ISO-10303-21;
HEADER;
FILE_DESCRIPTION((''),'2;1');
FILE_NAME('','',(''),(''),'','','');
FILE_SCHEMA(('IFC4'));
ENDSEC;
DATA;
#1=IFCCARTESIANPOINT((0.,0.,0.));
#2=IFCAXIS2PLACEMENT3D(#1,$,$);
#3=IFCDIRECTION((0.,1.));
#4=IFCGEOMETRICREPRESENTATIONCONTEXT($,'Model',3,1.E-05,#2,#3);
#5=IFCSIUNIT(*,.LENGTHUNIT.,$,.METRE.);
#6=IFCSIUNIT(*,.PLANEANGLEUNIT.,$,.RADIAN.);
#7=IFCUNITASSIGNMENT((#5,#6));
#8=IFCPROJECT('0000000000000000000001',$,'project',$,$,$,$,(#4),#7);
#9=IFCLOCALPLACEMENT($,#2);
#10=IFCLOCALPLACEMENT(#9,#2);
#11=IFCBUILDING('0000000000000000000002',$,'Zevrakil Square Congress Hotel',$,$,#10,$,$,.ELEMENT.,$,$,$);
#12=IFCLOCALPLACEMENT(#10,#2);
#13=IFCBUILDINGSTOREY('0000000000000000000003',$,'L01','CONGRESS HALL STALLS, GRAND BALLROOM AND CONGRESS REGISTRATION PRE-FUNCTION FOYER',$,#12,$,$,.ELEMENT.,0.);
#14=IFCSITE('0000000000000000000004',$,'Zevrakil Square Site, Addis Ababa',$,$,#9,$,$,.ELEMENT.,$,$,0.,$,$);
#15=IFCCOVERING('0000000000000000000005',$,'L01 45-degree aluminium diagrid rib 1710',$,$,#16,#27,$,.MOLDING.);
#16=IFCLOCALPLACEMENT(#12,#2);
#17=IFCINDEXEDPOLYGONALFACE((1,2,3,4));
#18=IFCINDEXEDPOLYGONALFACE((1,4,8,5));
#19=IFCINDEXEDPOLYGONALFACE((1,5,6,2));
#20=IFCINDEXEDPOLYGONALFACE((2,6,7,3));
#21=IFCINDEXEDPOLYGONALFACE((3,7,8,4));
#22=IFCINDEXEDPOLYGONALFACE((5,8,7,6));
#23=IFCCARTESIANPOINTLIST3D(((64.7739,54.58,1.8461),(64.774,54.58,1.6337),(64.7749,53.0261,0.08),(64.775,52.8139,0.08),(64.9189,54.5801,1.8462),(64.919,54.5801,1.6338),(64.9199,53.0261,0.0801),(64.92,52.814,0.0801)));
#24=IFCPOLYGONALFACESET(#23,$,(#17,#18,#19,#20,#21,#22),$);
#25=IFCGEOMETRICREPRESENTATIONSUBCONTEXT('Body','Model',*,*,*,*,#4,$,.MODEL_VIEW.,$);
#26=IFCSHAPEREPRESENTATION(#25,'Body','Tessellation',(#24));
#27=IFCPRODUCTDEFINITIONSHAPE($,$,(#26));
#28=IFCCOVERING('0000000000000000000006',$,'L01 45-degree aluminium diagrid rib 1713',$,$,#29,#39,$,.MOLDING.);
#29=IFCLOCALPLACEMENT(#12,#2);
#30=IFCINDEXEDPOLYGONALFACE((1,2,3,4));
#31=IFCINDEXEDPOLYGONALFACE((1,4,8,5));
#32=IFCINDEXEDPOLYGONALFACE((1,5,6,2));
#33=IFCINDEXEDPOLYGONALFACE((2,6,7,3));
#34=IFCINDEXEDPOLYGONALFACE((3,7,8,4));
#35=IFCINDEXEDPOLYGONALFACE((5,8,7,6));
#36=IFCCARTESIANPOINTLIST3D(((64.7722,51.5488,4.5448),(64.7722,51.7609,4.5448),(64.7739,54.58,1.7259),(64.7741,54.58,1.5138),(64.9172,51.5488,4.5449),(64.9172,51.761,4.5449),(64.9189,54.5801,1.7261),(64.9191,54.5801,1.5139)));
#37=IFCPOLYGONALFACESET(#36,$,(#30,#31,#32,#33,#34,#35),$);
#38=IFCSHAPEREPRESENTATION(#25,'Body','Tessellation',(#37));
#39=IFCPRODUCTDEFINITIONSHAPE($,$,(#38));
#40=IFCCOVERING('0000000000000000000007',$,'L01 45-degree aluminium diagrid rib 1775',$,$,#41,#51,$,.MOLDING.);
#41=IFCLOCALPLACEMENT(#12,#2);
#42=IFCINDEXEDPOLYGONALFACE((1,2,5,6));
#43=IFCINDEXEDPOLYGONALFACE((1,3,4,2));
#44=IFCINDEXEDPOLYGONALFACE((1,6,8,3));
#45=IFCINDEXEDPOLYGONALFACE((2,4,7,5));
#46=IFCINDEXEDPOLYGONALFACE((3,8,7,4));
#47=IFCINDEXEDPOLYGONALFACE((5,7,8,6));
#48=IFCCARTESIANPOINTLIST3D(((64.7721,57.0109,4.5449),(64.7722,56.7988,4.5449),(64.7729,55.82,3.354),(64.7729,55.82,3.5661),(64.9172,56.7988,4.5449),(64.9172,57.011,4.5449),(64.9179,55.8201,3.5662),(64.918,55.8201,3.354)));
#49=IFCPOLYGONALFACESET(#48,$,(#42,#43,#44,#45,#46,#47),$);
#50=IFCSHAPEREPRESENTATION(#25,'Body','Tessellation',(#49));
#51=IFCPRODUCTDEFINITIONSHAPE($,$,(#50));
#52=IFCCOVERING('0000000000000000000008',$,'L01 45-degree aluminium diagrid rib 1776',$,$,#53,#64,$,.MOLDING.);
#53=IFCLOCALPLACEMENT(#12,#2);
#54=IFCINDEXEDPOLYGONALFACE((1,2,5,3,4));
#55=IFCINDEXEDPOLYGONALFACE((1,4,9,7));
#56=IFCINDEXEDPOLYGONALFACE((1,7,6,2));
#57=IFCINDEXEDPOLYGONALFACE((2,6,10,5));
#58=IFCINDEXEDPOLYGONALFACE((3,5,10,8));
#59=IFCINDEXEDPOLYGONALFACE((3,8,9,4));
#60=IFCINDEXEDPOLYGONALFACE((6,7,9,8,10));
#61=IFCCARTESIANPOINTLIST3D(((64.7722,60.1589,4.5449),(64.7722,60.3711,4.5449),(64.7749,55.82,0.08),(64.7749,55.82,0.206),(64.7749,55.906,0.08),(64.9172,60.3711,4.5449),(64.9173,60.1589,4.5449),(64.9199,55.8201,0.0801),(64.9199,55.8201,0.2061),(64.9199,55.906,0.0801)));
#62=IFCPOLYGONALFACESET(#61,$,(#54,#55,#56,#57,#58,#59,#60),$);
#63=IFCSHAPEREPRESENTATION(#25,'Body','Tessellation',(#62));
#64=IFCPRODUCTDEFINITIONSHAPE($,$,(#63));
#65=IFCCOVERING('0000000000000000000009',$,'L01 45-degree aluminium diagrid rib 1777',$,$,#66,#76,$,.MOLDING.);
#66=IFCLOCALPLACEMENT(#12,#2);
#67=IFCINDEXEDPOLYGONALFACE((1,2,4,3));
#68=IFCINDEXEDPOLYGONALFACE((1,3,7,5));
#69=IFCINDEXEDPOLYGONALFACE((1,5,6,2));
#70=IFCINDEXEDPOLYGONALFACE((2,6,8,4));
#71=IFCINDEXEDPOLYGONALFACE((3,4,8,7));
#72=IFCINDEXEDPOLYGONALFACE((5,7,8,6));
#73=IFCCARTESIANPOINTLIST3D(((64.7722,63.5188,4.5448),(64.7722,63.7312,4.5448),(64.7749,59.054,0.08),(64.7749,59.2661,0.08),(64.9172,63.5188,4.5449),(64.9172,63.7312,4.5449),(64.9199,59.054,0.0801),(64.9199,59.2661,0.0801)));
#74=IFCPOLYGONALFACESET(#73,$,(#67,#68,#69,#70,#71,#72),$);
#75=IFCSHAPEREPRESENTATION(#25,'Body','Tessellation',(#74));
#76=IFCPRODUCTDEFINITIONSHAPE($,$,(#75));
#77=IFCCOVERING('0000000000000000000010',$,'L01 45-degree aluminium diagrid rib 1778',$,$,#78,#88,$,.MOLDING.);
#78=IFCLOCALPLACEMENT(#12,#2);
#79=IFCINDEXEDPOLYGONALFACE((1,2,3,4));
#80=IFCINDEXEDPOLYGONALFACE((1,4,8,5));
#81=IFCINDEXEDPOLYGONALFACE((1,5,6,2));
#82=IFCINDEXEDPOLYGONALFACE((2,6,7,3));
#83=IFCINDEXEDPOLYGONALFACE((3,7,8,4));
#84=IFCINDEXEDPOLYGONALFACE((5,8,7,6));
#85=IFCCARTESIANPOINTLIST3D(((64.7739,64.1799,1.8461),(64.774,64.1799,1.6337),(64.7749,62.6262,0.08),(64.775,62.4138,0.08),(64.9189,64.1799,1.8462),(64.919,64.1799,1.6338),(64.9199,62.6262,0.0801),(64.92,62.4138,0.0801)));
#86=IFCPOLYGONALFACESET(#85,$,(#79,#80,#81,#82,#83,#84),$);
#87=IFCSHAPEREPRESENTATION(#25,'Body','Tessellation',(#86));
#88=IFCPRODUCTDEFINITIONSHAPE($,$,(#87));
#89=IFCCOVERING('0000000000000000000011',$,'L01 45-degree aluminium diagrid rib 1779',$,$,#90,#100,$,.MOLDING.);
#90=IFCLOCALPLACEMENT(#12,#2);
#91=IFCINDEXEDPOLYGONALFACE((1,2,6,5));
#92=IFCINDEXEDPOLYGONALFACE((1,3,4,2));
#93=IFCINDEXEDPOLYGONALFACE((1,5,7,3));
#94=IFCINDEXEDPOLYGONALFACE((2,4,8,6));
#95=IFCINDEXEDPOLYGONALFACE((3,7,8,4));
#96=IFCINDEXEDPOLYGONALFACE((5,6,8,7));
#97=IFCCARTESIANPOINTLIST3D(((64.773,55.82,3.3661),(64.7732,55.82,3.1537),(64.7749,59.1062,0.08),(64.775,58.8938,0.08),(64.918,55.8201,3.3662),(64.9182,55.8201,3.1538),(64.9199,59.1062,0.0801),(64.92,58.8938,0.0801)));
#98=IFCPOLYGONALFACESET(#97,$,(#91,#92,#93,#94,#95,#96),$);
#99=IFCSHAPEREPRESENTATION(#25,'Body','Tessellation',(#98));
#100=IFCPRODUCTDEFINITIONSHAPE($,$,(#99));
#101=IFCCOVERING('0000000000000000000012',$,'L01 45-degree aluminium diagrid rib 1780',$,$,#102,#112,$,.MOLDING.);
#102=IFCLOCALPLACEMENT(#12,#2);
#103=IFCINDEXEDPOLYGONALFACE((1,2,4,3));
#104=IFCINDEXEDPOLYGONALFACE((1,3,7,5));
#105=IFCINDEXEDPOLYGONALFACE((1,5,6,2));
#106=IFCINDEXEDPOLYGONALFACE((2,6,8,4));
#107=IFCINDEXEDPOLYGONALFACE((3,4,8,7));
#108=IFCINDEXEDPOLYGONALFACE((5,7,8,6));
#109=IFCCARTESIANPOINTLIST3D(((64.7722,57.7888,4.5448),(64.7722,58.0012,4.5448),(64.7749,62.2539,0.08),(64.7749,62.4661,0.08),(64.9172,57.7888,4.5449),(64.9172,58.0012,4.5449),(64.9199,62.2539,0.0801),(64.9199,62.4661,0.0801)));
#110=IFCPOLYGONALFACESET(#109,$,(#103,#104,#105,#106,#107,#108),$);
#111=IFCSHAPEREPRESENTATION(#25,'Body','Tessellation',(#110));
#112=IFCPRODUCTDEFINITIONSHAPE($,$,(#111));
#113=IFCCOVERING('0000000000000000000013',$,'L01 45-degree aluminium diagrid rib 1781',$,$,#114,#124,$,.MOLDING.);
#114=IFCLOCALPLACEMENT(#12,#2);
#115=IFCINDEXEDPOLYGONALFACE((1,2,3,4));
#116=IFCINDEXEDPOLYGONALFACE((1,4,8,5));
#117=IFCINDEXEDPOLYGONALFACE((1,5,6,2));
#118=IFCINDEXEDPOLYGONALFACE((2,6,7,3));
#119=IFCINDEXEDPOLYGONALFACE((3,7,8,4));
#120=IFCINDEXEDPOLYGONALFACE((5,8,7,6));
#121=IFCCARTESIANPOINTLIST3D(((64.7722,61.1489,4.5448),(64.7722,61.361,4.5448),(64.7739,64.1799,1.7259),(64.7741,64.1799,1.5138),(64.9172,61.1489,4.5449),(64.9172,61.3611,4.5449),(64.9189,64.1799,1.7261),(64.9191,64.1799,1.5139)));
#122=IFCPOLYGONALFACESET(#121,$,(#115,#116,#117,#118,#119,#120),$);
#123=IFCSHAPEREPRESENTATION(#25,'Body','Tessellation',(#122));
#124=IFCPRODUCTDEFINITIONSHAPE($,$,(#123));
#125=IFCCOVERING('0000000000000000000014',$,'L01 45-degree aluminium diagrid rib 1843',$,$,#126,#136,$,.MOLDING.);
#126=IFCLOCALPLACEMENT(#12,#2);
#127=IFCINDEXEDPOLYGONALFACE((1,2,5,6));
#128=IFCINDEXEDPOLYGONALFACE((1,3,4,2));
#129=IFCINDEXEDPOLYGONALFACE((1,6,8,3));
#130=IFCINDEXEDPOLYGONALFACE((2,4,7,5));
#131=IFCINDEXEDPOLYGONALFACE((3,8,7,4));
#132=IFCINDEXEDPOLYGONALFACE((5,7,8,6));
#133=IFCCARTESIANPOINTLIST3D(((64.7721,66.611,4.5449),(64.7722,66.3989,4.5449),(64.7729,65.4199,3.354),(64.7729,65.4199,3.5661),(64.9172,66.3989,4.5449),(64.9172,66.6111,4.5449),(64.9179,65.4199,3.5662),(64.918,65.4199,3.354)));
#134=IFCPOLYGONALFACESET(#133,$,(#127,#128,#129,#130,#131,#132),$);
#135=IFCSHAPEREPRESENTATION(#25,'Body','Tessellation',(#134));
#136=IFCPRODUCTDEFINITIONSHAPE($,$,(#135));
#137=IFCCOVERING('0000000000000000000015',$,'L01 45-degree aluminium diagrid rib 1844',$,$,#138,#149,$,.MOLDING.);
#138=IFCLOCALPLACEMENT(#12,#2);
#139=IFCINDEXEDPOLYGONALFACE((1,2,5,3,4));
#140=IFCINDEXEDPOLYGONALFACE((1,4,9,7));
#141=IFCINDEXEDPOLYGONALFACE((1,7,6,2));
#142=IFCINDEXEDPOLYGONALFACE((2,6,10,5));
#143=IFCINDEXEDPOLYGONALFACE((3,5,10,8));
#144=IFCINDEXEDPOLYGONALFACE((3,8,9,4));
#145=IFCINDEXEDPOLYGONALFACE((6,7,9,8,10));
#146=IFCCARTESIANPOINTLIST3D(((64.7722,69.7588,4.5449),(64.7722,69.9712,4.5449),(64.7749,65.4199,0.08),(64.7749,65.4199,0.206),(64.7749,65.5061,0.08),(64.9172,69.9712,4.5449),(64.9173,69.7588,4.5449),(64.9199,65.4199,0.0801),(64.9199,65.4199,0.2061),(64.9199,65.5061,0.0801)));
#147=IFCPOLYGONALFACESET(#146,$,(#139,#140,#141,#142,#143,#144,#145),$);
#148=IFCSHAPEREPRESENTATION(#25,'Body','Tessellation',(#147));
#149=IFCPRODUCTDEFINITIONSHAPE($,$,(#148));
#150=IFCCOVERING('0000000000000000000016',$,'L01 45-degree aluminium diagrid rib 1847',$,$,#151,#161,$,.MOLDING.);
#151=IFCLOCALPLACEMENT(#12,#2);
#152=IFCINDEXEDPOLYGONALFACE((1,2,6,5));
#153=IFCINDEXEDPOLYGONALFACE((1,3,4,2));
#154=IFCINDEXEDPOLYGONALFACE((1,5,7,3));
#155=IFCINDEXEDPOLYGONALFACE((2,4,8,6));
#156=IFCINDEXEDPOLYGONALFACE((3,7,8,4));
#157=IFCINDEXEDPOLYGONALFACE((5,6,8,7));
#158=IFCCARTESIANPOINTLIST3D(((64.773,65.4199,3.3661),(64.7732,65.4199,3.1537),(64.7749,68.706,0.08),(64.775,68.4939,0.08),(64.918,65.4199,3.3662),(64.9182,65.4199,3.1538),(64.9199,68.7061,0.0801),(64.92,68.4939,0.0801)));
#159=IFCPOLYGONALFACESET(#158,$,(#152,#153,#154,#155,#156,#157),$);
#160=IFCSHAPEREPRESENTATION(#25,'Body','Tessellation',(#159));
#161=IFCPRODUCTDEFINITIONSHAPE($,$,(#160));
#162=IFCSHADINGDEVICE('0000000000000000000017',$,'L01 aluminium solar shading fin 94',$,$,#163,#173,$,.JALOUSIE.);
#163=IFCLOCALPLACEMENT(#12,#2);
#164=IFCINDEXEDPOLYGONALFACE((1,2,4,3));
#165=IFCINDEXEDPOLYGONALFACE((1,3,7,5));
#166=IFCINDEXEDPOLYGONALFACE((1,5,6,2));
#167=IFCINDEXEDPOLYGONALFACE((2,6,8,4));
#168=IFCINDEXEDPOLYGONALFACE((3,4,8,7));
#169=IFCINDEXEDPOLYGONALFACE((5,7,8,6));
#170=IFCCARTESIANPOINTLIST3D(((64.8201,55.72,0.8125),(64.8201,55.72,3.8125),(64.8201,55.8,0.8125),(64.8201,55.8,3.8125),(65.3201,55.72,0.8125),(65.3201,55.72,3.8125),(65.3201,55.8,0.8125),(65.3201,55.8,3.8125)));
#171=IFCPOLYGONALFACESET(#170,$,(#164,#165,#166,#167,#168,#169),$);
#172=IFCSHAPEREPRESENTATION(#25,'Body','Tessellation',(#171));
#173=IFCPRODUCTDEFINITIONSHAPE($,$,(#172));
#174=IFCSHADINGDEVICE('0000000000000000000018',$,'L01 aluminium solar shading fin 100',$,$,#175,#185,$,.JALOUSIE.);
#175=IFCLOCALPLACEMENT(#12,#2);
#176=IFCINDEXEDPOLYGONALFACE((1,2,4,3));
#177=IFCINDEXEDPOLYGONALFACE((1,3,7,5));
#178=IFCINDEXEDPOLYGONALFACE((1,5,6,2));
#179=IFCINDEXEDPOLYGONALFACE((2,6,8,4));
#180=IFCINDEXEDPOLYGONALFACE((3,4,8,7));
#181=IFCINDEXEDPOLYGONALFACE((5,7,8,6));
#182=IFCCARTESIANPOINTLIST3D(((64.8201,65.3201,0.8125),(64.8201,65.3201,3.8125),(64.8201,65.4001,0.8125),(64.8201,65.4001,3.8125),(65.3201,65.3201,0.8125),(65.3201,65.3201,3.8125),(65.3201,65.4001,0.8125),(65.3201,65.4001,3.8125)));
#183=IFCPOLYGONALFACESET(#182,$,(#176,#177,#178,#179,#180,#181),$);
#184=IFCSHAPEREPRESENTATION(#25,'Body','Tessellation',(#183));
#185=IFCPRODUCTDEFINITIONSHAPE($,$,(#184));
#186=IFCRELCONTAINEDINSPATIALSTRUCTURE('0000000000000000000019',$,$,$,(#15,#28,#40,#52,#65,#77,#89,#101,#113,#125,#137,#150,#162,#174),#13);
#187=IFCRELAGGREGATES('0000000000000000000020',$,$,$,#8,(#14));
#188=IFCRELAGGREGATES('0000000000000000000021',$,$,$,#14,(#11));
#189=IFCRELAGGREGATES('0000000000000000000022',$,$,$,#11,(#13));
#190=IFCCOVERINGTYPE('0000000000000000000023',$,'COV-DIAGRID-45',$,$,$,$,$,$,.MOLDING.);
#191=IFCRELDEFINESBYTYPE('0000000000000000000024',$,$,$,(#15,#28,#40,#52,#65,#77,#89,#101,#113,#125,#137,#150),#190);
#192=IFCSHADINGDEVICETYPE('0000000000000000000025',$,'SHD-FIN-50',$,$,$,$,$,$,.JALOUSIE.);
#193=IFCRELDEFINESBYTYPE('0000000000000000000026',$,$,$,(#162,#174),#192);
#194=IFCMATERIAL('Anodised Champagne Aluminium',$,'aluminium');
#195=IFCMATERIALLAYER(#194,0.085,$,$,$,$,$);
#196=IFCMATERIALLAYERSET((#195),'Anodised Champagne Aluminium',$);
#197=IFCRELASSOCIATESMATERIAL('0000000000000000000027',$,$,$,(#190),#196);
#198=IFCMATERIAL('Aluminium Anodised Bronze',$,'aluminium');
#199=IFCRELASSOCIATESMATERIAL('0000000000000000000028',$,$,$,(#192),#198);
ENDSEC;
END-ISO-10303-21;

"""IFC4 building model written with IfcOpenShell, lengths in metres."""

from ifc_helpers import new_model, si_unit, direction, frame, origin, origin_2d, place, context, subcontext, project, spatial, polyline, rectangle, outline, extrude, material, layer, layer_set, type_object, element, save


model = new_model("IFC4")

# Units and contexts
model_context = context("Model", 3, precision=1e-05, world=origin(), true_north=direction((0.0, 1.0)))
body_context = subcontext(model_context, "Body", "Model", "MODEL_VIEW")
ifc_project = project(units=[si_unit("LENGTHUNIT", "METRE"), si_unit("PLANEANGLEUNIT", "RADIAN")], contexts=[model_context])

# Site, building, storey
site_placement = place(None, origin())
site = spatial("IfcSite", under=ifc_project, at=site_placement, Name="Zevrakil Square Site, Addis Ababa", CompositionType="ELEMENT", RefElevation=0.0)
building_placement = place(site_placement, origin())
building = spatial("IfcBuilding", under=site, at=building_placement, Name="Zevrakil Square Congress Hotel", CompositionType="ELEMENT")
storey_placement = place(building_placement, origin())
storey = spatial("IfcBuildingStorey", under=building, at=storey_placement, Name="L01", Description="CONGRESS HALL STALLS, GRAND BALLROOM AND CONGRESS REGISTRATION PRE-FUNCTION FOYER", CompositionType="ELEMENT", Elevation=0.0)

# Coverings
ifc_material_1 = material(Name="Anodised Champagne Aluminium", Category="aluminium")
ifc_layer_1 = layer(ifc_material_1, 0.085)
ifc_layer_set_1 = layer_set([ifc_layer_1], Name="Anodised Champagne Aluminium")
covering_type_1 = type_object("IfcCoveringType", Name="COV-DIAGRID-45", PredefinedType="MOLDING", material=ifc_layer_set_1)
covering_1_placement = place(storey_placement, frame((64.9199, 53.0261, 0.0801), z_axis=(1.0, 0.000294, 0.000294), x_axis=(0.000294, -1.0, 0.0)))
element("IfcCovering", 1, at=covering_1_placement, inside=storey, type_object=covering_type_1, Name="L01 45-degree aluminium diagrid rib 1710", PredefinedType="MOLDING", context=body_context, shape_type="SweptSolid", body=[
    extrude(outline(polyline([(0.0, 0.0), (0.2122, 0.0), (-1.554, -1.7661), (-1.554, -1.5537), (0.0, 0.0)])), origin(), (0.0, 0.0, -1.0), 0.145),
])
covering_2_placement = place(storey_placement, frame((64.9172, 51.5488, 4.5449), z_axis=(1.0, 0.000262, 0.000888), x_axis=(-0.000262, 1.0, 0.0)))
element("IfcCovering", 2, at=covering_2_placement, inside=storey, type_object=covering_type_1, Name="L01 45-degree aluminium diagrid rib 1713", PredefinedType="MOLDING", context=body_context, shape_type="SweptSolid", body=[
    extrude(outline(polyline([(0.0, 0.0), (0.2122, 0.0), (3.0313, -2.8188), (3.0313, -3.031), (0.0, 0.0)])), origin(), (0.0, 0.0, -1.0), 0.145),
])
covering_3_placement = place(storey_placement, frame((64.918, 55.8201, 3.354), z_axis=(1.0, 0.000338, 0.000338), x_axis=(-0.000338, 0.0, 1.0)))
element("IfcCovering", 3, at=covering_3_placement, inside=storey, type_object=covering_type_1, Name="L01 45-degree aluminium diagrid rib 1775", PredefinedType="MOLDING", context=body_context, shape_type="SweptSolid", body=[
    extrude(outline(polyline([(0.0, 0.0), (0.2122, 0.0), (1.1909, -0.9788), (1.1909, -1.1909), (0.0, 0.0)])), origin(), (0.0, 0.0, -1.0), 0.145),
])
covering_4_placement = place(storey_placement, frame((64.9199, 55.906, 0.0801), z_axis=(1.0, 0.00018, 0.000426), x_axis=(0.00018, -1.0, 0.0)))
element("IfcCovering", 4, at=covering_4_placement, inside=storey, type_object=covering_type_1, Name="L01 45-degree aluminium diagrid rib 1776", PredefinedType="MOLDING", context=body_context, shape_type="SweptSolid", body=[
    extrude(outline(polyline([(0.0, 0.0), (0.0859, 0.0), (0.0859, -0.126), (-4.2529, -4.4648), (-4.4651, -4.4648), (0.0, 0.0)])), origin(), (0.0, 0.0, -1.0), 0.145),
])
covering_5_placement = place(storey_placement, frame((64.9199, 59.2661, 0.0801), z_axis=(1.0, 0.0, 0.000601), x_axis=(0.0, -1.0, 0.0)))
element("IfcCovering", 5, at=covering_5_placement, inside=storey, type_object=covering_type_1, Name="L01 45-degree aluminium diagrid rib 1777", PredefinedType="MOLDING", context=body_context, shape_type="SweptSolid", body=[
    extrude(outline(polyline([(0.0, 0.0), (0.2122, 0.0), (-4.2527, -4.4648), (-4.4651, -4.4648), (0.0, 0.0)])), origin(), (0.0, 0.0, -1.0), 0.145),
])
covering_6_placement = place(storey_placement, frame((64.9199, 62.6262, 0.0801), z_axis=(1.0, 0.000294, 0.000294), x_axis=(0.000294, -1.0, 0.0)))
element("IfcCovering", 6, at=covering_6_placement, inside=storey, type_object=covering_type_1, Name="L01 45-degree aluminium diagrid rib 1778", PredefinedType="MOLDING", context=body_context, shape_type="SweptSolid", body=[
    extrude(outline(polyline([(0.0, 0.0), (0.2124, 0.0), (-1.5537, -1.7661), (-1.5537, -1.5537), (0.0, 0.0)])), origin(), (0.0, 0.0, -1.0), 0.145),
])
covering_7_placement = place(storey_placement, frame((64.9182, 55.8201, 3.1538), z_axis=(1.0, 0.000287, 0.000863), x_axis=(-0.000863, 0.0, 1.0)))
element("IfcCovering", 7, at=covering_7_placement, inside=storey, type_object=covering_type_1, Name="L01 45-degree aluminium diagrid rib 1779", PredefinedType="MOLDING", context=body_context, shape_type="SweptSolid", body=[
    extrude(outline(polyline([(0.0, 0.0), (0.2124, 0.0), (-3.0737, -3.2861), (-3.0737, -3.0737), (0.0, 0.0)])), origin(), (0.0, 0.0, -1.0), 0.145),
])
covering_8_placement = place(storey_placement, frame((64.9172, 57.7888, 4.5449), z_axis=(1.0, 0.0, 0.000601), x_axis=(0.0, 1.0, 0.0)))
element("IfcCovering", 8, at=covering_8_placement, inside=storey, type_object=covering_type_1, Name="L01 45-degree aluminium diagrid rib 1780", PredefinedType="MOLDING", context=body_context, shape_type="SweptSolid", body=[
    extrude(outline(polyline([(0.0, 0.0), (0.2124, 0.0), (4.6772, -4.4648), (4.4651, -4.4648), (0.0, 0.0)])), origin(), (0.0, 0.0, -1.0), 0.145),
])
covering_9_placement = place(storey_placement, frame((64.9172, 61.1489, 4.5449), z_axis=(1.0, 0.000262, 0.000888), x_axis=(-0.000262, 1.0, 0.0)))
element("IfcCovering", 9, at=covering_9_placement, inside=storey, type_object=covering_type_1, Name="L01 45-degree aluminium diagrid rib 1781", PredefinedType="MOLDING", context=body_context, shape_type="SweptSolid", body=[
    extrude(outline(polyline([(0.0, 0.0), (0.2122, 0.0), (3.031, -2.8188), (3.031, -3.031), (0.0, 0.0)])), origin(), (0.0, 0.0, -1.0), 0.145),
])
covering_10_placement = place(storey_placement, frame((64.918, 65.4199, 3.354), z_axis=(1.0, 0.000338, 0.000338), x_axis=(-0.000338, 0.0, 1.0)))
element("IfcCovering", 10, at=covering_10_placement, inside=storey, type_object=covering_type_1, Name="L01 45-degree aluminium diagrid rib 1843", PredefinedType="MOLDING", context=body_context, shape_type="SweptSolid", body=[
    extrude(outline(polyline([(0.0, 0.0), (0.2122, 0.0), (1.1909, -0.979), (1.1909, -1.1912), (0.0, 0.0)])), origin(), (0.0, 0.0, -1.0), 0.145),
])
covering_11_placement = place(storey_placement, frame((64.9199, 65.5061, 0.0801), z_axis=(1.0, 0.00018, 0.000427), x_axis=(0.00018, -1.0, 0.0)))
element("IfcCovering", 11, at=covering_11_placement, inside=storey, type_object=covering_type_1, Name="L01 45-degree aluminium diagrid rib 1844", PredefinedType="MOLDING", context=body_context, shape_type="SweptSolid", body=[
    extrude(outline(polyline([(0.0, 0.0), (0.0862, 0.0), (0.0862, -0.126), (-4.2527, -4.4648), (-4.4651, -4.4648), (0.0, 0.0)])), origin(), (0.0, 0.0, -1.0), 0.145),
])
covering_12_placement = place(storey_placement, frame((64.9182, 65.4199, 3.1538), z_axis=(1.0, 0.000287, 0.000863), x_axis=(-0.000863, 0.0, 1.0)))
element("IfcCovering", 12, at=covering_12_placement, inside=storey, type_object=covering_type_1, Name="L01 45-degree aluminium diagrid rib 1847", PredefinedType="MOLDING", context=body_context, shape_type="SweptSolid", body=[
    extrude(outline(polyline([(0.0, 0.0), (0.2124, 0.0), (-3.0737, -3.2861), (-3.0737, -3.074), (0.0, 0.0)])), origin(), (0.0, 0.0, -1.0), 0.145),
])

# Shading devices
ifc_material_2 = material(Name="Aluminium Anodised Bronze", Category="aluminium")
shading_device_type = type_object("IfcShadingDeviceType", Name="SHD-FIN-50", PredefinedType="JALOUSIE", material=ifc_material_2)
for number, where, z_axis, x_axis, name in (
    (13, (65.0701, 55.76, 0.8125), (0.0, 0.0, 1.0), (1.0, 0.0, 0.0), "L01 aluminium solar shading fin 94"),
    (14, (65.0701, 65.3601, 0.8125), (0.0, 0.0, 1.0), (1.0, 0.0, 0.0), "L01 aluminium solar shading fin 100"),
):
    element("IfcShadingDevice", number, at=place(storey_placement, frame(where, z_axis=z_axis, x_axis=x_axis)), inside=storey, type_object=shading_device_type, Name=name, PredefinedType="JALOUSIE", context=body_context, shape_type="SweptSolid", body=[
        extrude(rectangle(XDim=0.5, YDim=0.0801, at=origin_2d()), origin(), (0.0, 0.0, 1.0), 3.0),
    ])

save(model, "model.ifc")
